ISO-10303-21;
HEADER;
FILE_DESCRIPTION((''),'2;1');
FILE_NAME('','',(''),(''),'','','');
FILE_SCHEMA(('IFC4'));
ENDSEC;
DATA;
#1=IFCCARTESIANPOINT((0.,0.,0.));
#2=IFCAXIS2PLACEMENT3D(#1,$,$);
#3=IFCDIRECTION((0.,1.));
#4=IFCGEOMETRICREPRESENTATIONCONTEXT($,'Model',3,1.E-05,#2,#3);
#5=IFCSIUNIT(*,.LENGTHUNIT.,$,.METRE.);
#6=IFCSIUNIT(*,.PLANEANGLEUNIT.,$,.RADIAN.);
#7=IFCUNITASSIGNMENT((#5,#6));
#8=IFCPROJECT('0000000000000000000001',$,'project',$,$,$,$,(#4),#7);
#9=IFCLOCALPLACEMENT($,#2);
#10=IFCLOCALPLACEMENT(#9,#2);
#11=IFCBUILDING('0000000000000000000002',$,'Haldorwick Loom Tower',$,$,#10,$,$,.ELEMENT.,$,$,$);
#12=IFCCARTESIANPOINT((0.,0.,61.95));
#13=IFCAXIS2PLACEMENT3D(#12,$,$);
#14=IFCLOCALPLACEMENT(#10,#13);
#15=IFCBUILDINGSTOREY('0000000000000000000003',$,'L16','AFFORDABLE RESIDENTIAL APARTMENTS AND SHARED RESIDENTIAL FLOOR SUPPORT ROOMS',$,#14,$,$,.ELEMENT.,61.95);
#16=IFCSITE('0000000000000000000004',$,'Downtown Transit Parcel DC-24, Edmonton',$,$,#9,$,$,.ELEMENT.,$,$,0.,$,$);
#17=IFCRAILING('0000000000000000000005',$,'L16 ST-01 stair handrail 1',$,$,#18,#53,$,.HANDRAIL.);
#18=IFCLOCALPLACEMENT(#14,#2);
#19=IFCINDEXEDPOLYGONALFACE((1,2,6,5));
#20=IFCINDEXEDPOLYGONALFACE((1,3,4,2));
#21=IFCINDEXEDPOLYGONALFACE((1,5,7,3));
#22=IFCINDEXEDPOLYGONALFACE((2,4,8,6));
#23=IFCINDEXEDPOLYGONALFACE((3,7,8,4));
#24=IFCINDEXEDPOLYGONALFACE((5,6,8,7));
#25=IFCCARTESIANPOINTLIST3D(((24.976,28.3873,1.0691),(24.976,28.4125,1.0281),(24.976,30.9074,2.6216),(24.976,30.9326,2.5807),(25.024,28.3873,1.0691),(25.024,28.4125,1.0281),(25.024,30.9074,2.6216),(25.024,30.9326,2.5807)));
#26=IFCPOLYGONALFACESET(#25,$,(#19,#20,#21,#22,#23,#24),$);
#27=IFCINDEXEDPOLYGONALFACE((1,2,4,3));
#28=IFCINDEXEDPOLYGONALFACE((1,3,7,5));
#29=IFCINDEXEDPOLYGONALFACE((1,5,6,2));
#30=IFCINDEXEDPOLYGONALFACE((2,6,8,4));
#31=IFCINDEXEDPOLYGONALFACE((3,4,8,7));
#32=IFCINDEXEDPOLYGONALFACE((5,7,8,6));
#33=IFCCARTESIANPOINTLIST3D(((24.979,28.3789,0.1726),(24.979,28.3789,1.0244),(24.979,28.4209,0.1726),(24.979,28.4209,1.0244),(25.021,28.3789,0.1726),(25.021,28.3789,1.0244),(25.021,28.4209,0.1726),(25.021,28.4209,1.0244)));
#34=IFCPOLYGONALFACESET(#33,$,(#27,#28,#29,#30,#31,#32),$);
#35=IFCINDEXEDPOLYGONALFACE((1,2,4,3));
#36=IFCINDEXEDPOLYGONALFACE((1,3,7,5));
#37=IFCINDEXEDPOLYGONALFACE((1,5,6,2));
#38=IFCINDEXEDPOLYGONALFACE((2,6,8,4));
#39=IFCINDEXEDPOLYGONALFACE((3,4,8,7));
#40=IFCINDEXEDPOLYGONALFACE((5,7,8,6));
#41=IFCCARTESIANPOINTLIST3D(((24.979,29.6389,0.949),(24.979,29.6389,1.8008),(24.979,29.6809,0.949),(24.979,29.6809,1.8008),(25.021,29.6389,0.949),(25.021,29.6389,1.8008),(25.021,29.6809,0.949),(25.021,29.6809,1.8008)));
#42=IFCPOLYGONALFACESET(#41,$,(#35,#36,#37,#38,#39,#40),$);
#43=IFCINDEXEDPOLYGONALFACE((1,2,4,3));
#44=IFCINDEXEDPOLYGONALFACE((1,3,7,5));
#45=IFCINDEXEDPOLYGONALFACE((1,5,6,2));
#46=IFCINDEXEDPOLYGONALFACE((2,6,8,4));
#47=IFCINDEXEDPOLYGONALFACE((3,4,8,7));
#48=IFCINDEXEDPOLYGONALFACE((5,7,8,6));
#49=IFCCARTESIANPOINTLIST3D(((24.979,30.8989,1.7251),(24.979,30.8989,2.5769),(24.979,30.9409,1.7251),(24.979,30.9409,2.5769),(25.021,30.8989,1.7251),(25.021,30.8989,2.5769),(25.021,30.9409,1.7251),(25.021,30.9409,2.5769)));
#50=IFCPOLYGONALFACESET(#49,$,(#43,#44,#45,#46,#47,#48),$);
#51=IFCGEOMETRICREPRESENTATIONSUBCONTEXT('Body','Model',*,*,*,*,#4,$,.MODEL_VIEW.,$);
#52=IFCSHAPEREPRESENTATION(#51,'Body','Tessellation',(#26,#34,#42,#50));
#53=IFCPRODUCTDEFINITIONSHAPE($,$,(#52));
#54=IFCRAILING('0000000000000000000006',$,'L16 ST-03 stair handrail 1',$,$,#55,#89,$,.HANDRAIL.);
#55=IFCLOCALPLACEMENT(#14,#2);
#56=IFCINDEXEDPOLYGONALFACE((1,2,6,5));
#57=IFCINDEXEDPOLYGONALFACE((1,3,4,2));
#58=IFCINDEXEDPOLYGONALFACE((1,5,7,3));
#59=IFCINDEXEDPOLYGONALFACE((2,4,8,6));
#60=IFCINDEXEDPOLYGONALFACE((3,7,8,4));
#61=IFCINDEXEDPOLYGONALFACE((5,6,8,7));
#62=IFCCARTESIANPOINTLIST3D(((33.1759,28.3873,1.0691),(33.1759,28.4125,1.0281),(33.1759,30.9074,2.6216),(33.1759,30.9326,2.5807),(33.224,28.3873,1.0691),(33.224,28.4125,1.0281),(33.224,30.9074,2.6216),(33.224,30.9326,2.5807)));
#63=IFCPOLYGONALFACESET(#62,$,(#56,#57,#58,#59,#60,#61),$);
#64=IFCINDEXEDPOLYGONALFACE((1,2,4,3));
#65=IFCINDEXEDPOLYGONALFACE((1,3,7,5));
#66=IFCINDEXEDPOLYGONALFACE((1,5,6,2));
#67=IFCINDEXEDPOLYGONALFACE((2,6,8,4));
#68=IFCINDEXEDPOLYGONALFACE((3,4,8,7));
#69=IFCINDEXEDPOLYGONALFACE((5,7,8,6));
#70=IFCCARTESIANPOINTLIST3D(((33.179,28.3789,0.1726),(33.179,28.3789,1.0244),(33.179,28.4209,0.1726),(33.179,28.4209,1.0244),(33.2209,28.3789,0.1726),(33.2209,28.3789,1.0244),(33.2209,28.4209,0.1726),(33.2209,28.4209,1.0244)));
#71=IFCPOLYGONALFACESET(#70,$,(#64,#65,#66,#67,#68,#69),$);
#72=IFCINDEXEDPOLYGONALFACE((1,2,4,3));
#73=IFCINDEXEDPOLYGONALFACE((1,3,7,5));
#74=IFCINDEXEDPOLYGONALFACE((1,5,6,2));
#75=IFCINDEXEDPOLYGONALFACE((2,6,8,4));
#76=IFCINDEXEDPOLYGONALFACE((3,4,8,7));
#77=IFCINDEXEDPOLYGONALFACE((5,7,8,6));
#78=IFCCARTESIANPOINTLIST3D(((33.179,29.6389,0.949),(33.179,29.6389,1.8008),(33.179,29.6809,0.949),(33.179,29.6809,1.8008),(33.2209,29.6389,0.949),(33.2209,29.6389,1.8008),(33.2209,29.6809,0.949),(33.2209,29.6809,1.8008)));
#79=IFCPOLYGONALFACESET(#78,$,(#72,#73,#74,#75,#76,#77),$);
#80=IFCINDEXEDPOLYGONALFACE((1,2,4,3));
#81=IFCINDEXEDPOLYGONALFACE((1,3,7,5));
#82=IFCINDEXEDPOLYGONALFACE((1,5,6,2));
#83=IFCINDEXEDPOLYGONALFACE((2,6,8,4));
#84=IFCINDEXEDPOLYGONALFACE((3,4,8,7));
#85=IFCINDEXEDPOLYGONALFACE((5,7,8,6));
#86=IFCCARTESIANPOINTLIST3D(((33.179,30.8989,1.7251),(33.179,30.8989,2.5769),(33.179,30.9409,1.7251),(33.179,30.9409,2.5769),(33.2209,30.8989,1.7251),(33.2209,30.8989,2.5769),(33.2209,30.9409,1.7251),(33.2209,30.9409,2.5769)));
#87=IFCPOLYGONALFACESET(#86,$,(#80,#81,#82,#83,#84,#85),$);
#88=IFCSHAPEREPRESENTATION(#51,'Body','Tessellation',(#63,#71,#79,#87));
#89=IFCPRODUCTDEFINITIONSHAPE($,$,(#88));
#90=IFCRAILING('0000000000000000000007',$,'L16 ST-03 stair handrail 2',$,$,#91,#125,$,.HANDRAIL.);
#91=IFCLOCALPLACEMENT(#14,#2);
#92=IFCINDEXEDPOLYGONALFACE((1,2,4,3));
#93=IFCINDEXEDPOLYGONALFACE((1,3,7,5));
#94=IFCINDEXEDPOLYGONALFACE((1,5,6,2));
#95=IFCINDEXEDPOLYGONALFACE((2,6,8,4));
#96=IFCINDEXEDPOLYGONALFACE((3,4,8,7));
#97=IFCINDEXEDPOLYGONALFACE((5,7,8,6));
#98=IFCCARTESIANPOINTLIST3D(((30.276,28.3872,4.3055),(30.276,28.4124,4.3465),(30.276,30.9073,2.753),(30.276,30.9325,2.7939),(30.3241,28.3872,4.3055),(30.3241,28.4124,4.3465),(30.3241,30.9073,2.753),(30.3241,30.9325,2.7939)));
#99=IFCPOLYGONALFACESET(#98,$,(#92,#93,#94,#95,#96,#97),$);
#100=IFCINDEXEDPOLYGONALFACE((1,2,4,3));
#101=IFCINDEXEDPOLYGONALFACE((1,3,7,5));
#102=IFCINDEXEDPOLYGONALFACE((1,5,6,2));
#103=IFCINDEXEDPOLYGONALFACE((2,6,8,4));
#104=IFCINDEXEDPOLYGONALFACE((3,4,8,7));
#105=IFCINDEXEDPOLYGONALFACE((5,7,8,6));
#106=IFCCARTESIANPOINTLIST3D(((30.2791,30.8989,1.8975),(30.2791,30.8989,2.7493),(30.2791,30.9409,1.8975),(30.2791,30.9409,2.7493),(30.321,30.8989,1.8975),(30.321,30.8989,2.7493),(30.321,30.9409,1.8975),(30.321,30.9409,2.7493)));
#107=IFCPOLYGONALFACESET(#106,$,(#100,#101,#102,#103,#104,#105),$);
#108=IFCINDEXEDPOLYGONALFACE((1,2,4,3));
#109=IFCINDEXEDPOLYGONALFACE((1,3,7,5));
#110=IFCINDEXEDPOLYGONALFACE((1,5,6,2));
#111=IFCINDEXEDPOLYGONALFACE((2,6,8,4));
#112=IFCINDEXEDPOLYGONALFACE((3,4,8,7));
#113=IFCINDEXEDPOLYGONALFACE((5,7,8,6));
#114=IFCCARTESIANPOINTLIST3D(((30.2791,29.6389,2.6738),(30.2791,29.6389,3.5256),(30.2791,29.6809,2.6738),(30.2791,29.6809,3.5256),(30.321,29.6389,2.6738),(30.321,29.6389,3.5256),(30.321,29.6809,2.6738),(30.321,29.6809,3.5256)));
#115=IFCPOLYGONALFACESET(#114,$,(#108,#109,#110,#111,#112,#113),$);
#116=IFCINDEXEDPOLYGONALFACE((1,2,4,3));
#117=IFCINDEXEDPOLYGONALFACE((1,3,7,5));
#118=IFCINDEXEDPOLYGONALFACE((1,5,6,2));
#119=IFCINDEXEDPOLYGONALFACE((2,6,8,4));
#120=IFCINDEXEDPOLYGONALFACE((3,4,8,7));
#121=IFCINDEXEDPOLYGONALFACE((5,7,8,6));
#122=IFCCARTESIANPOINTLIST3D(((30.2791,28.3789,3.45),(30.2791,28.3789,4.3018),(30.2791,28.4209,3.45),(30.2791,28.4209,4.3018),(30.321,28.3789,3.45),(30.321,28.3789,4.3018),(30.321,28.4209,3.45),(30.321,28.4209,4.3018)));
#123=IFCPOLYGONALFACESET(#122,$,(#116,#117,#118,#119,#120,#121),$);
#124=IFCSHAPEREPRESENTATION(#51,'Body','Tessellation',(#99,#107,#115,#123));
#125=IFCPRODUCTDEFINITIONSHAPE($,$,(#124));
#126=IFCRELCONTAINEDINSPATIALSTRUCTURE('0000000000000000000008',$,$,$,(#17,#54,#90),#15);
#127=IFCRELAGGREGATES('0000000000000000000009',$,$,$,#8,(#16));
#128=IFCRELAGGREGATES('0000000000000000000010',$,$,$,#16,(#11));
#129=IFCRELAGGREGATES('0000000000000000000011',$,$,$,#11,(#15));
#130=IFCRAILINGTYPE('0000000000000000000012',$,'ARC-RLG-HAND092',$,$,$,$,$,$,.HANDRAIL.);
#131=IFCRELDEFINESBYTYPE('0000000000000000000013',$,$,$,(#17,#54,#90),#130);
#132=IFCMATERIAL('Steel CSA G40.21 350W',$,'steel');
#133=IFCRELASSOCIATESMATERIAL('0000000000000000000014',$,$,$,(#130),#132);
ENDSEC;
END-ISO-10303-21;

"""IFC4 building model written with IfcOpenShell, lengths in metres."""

from ifc_helpers import new_model, si_unit, direction, frame, origin, origin_2d, place, context, subcontext, project, spatial, rectangle, extrude, material, type_object, element, save


model = new_model("IFC4")

# Units and contexts
model_context = context("Model", 3, precision=1e-05, world=origin(), true_north=direction((0.0, 1.0)))
body_context = subcontext(model_context, "Body", "Model", "MODEL_VIEW")
ifc_project = project(units=[si_unit("LENGTHUNIT", "METRE"), si_unit("PLANEANGLEUNIT", "RADIAN")], contexts=[model_context])

# Site, building, storey
site_placement = place(None, origin())
site = spatial("IfcSite", under=ifc_project, at=site_placement, Name="Downtown Transit Parcel DC-24, Edmonton", CompositionType="ELEMENT", RefElevation=0.0)
building_placement = place(site_placement, origin())
building = spatial("IfcBuilding", under=site, at=building_placement, Name="Haldorwick Loom Tower", CompositionType="ELEMENT")
storey_placement = place(building_placement, frame((0.0, 0.0, 61.95)))
storey = spatial("IfcBuildingStorey", under=building, at=storey_placement, Name="L16", Description="AFFORDABLE RESIDENTIAL APARTMENTS AND SHARED RESIDENTIAL FLOOR SUPPORT ROOMS", CompositionType="ELEMENT", Elevation=61.95)

# Shared definitions
ifc_material_1 = material(Name="Steel CSA G40.21 350W", Category="steel")

# Railings
railing_type_1 = type_object("IfcRailingType", Name="ARC-RLG-HAND092", PredefinedType="HANDRAIL", material=ifc_material_1)
for number, where, name in (
    (1, (25.0, 28.3999, 0.1726), "L16 ST-01 stair handrail 1"),
    (2, (33.2, 28.3999, 0.1726), "L16 ST-03 stair handrail 1"),
):
    element("IfcRailing", number, at=place(storey_placement, frame(where)), inside=storey, type_object=railing_type_1, Name=name, PredefinedType="HANDRAIL", context=body_context, shape_type="SweptSolid", body=[
        extrude(rectangle(XDim=0.0481, YDim=0.0481, at=origin_2d()), frame((0.0, 0.0, 0.876), z_axis=(0.0, 0.8514, 0.524516), x_axis=(-1.0, 0.0, 0.0)), (0.0, 0.0, 1.0), 2.96),
        extrude(rectangle(XDim=0.042, YDim=0.042, at=origin_2d()), origin(), (0.0, 0.0, 1.0), 0.8518),
        extrude(rectangle(XDim=0.042, YDim=0.042, at=origin_2d()), frame((0.0, 1.26, 0.7764)), (0.0, 0.0, 1.0), 0.8518),
        extrude(rectangle(XDim=0.042, YDim=0.042, at=origin_2d()), frame((0.0, 2.52, 1.5525)), (0.0, 0.0, 1.0), 0.8518),
    ])
railing_1_placement = place(storey_placement, frame((30.3, 30.9199, 1.8975)))
element("IfcRailing", 3, at=railing_1_placement, inside=storey, type_object=railing_type_1, Name="L16 ST-03 stair handrail 2", PredefinedType="HANDRAIL", context=body_context, shape_type="SweptSolid", body=[
    extrude(rectangle(XDim=0.0481, YDim=0.0481, at=origin_2d()), frame((0.0, 0.0, 0.876), z_axis=(0.0, -0.8514, 0.524516), x_axis=(1.0, 0.0, 0.0)), (0.0, 0.0, 1.0), 2.96),
    extrude(rectangle(XDim=0.042, YDim=0.042, at=origin_2d()), origin(), (0.0, 0.0, 1.0), 0.8518),
    extrude(rectangle(XDim=0.042, YDim=0.042, at=origin_2d()), frame((0.0, -1.26, 0.7764)), (0.0, 0.0, 1.0), 0.8518),
    extrude(rectangle(XDim=0.042, YDim=0.042, at=origin_2d()), frame((0.0, -2.52, 1.5525)), (0.0, 0.0, 1.0), 0.8518),
])

save(model, "model.ifc")
